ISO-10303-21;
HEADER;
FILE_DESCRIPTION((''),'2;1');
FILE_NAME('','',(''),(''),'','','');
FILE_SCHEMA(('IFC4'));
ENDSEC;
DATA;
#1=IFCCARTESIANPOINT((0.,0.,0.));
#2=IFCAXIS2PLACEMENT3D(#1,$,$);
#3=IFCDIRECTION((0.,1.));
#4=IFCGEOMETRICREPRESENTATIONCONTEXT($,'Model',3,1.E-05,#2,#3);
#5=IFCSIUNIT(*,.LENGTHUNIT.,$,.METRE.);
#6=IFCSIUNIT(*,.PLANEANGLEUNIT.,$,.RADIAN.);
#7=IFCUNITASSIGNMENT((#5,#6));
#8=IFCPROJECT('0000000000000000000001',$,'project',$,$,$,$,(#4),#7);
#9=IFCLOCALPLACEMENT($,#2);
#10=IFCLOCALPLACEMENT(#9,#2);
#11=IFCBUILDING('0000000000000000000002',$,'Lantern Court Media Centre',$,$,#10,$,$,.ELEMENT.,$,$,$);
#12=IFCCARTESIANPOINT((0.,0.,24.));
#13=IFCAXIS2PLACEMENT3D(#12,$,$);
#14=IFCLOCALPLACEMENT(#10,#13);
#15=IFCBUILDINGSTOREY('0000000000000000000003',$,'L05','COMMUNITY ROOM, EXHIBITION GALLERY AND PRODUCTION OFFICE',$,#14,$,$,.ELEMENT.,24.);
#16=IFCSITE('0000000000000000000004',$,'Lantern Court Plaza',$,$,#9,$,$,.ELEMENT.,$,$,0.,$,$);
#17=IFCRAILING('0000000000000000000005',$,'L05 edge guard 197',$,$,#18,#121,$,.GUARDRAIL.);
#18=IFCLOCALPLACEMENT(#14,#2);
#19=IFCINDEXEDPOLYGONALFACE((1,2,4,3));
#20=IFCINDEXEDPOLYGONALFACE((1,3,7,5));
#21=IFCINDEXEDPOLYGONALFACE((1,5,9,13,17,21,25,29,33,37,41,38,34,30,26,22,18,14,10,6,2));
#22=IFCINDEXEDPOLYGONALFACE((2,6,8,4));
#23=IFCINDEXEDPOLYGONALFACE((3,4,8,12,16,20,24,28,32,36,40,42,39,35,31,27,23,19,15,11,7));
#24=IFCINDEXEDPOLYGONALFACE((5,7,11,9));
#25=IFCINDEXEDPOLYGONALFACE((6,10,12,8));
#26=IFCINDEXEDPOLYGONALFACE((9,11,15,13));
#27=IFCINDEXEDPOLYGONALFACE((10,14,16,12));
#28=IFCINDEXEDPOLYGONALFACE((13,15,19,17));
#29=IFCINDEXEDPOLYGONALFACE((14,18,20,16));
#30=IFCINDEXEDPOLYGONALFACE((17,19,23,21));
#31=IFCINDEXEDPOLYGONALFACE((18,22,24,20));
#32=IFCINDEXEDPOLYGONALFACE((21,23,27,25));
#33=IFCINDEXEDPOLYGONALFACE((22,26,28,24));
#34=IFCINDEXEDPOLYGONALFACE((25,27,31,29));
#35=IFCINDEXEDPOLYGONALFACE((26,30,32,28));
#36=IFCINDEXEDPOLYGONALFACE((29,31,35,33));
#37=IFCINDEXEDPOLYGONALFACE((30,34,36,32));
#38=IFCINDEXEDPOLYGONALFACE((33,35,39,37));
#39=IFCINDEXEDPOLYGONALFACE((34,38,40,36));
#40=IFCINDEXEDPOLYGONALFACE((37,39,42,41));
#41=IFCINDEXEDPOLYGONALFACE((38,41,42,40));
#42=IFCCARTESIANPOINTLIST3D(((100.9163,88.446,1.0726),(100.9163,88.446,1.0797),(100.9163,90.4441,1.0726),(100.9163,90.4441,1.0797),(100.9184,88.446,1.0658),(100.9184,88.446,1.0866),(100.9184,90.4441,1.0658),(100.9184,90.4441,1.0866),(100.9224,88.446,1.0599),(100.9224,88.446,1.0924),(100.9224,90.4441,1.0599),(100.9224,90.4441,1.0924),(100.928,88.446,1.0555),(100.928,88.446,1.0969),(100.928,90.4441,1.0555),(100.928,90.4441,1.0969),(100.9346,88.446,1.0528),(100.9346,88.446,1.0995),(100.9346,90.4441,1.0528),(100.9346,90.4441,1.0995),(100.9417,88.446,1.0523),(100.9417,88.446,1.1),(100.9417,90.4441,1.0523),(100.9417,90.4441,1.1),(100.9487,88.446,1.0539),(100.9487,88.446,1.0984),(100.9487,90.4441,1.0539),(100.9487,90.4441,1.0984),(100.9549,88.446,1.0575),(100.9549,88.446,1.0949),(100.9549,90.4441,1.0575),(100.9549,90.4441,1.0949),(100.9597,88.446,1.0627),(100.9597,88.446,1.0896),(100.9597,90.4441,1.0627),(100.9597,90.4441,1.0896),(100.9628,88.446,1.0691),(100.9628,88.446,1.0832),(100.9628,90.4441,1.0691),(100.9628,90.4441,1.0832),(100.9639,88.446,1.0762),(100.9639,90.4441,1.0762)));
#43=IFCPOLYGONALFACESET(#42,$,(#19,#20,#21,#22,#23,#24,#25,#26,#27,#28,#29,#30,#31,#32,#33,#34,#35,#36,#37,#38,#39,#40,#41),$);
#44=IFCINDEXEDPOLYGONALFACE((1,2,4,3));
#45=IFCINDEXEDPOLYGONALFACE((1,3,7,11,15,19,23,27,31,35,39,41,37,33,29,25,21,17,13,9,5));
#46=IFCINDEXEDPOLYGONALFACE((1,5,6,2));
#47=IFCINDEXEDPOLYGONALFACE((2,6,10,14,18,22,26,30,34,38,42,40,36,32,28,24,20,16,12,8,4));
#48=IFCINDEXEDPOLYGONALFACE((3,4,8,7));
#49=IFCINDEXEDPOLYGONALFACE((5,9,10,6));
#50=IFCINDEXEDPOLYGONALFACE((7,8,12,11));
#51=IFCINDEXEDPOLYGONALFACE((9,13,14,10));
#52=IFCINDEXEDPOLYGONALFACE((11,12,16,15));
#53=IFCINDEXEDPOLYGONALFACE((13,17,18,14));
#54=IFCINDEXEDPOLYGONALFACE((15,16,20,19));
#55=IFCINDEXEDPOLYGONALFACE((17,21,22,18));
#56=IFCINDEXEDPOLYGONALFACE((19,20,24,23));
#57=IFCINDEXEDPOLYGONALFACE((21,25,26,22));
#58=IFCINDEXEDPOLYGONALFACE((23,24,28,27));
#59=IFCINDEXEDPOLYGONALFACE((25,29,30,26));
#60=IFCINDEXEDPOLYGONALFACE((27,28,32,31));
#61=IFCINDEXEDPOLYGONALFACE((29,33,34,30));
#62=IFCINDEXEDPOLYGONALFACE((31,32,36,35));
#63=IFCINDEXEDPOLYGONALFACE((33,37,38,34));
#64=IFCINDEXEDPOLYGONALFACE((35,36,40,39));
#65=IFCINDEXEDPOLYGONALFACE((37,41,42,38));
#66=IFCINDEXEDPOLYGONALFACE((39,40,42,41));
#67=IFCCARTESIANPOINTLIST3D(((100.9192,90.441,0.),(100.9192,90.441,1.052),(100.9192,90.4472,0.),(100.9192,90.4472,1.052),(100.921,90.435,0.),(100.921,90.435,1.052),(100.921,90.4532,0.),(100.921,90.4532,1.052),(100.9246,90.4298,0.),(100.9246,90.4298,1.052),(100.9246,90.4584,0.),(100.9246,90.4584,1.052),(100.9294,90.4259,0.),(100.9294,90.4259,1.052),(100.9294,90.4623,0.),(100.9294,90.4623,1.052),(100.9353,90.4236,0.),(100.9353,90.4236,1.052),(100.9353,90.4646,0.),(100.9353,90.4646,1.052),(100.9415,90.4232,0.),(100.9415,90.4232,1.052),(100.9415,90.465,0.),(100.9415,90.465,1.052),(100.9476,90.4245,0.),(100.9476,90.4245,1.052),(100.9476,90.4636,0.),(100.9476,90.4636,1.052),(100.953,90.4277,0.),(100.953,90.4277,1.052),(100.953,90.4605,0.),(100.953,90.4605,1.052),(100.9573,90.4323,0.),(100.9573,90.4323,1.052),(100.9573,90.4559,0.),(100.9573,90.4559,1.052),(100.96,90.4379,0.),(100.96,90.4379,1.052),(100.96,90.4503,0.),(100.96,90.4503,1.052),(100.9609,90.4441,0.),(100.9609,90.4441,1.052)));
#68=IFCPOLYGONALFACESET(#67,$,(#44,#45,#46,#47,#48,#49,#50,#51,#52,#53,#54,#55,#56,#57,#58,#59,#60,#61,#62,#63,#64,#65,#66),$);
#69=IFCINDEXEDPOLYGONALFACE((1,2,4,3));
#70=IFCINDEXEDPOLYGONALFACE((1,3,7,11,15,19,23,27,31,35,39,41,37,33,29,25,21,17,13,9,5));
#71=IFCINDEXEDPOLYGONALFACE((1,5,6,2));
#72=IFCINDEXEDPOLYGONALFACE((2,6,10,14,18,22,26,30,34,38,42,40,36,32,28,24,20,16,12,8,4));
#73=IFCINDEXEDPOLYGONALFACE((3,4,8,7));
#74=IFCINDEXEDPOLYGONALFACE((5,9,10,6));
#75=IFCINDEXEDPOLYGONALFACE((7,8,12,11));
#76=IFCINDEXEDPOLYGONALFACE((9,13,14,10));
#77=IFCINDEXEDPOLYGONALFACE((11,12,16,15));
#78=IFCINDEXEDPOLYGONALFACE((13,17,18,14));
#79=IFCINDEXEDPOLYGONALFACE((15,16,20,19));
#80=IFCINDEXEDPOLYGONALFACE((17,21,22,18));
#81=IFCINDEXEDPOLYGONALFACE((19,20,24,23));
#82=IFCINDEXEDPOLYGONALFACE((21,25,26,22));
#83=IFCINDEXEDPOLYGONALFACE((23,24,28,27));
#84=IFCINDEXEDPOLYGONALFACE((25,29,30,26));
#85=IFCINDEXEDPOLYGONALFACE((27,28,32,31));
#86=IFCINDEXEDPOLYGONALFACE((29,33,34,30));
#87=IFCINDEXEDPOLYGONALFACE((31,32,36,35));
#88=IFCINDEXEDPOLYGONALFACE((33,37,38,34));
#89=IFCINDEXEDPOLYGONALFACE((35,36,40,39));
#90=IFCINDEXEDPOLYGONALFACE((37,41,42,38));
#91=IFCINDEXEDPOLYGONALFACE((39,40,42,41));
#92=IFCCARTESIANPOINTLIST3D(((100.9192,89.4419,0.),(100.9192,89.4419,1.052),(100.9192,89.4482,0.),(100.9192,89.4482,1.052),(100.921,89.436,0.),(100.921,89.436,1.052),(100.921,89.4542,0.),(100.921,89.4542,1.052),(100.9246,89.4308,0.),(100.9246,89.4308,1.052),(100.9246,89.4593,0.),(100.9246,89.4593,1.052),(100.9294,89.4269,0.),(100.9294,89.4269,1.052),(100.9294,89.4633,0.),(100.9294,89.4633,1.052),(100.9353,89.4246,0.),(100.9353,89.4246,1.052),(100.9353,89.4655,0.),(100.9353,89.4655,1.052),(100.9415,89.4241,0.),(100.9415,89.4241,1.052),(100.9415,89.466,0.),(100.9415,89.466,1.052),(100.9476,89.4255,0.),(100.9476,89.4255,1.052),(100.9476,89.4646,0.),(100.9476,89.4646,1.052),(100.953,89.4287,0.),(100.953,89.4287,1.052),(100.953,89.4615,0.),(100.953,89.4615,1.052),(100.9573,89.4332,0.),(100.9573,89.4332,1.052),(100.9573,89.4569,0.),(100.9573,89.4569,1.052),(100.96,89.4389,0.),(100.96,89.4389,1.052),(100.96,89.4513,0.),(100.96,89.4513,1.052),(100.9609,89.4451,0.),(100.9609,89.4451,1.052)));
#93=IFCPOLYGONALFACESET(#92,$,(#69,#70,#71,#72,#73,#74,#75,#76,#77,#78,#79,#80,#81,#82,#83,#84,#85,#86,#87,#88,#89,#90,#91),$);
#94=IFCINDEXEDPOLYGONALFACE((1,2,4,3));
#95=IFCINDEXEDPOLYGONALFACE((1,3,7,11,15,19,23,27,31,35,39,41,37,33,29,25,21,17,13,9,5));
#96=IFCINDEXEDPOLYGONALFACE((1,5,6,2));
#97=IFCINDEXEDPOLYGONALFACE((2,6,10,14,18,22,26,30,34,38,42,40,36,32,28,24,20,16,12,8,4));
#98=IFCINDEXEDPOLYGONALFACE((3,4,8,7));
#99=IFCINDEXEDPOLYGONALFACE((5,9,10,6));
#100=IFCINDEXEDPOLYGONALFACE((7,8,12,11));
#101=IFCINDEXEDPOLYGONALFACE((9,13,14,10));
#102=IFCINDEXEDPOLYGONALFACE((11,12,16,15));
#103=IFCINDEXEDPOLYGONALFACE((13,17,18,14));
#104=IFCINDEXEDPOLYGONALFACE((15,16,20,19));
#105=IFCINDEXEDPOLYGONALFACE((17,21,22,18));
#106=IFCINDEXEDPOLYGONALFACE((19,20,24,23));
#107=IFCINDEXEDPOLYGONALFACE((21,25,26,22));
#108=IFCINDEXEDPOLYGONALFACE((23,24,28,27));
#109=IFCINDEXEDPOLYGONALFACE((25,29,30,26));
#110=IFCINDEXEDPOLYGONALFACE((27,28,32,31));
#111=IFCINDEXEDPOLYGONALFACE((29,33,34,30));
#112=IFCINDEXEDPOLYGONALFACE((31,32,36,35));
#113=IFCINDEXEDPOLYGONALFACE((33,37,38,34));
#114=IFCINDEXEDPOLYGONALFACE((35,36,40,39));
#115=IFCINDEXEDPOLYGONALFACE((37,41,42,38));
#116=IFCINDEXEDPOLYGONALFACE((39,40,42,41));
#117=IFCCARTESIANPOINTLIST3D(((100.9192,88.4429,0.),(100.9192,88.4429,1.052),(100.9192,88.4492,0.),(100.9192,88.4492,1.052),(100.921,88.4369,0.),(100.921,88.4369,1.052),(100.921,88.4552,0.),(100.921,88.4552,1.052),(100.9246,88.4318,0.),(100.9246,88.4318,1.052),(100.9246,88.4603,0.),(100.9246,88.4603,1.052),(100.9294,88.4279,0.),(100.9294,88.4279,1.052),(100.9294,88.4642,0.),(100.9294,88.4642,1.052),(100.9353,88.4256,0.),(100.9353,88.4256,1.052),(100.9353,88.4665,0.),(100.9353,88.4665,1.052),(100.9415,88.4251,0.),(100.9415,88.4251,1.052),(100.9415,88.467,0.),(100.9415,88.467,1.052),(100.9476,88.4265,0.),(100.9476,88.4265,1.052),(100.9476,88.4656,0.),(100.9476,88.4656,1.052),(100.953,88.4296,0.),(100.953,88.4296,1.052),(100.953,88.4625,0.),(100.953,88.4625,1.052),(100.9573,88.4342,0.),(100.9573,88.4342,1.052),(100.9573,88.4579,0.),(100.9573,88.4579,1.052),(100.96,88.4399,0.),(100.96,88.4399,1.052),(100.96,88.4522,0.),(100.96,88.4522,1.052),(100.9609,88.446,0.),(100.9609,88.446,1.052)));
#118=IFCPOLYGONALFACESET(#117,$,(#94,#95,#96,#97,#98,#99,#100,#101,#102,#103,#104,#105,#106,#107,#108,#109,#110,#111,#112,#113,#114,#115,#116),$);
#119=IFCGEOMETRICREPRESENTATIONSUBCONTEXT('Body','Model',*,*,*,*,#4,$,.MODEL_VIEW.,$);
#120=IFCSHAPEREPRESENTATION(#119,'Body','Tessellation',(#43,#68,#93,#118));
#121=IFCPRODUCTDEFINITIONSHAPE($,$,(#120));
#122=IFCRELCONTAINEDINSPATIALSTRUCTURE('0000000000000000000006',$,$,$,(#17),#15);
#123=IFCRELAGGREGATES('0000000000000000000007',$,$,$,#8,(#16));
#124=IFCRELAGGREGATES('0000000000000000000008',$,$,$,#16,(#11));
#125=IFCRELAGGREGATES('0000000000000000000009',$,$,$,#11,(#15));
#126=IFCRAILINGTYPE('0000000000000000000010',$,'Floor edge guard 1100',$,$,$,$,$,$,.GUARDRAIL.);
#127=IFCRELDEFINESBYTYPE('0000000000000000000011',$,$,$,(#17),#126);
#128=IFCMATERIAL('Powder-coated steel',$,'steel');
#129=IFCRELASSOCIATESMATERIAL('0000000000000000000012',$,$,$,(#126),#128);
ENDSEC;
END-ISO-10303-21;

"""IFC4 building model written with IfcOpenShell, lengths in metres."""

from ifc_helpers import new_model, si_unit, direction, frame, origin, origin_2d, place, context, subcontext, project, spatial, circle, extrude, material, type_object, element, save


model = new_model("IFC4")

# Units and contexts
model_context = context("Model", 3, precision=1e-05, world=origin(), true_north=direction((0.0, 1.0)))
body_context = subcontext(model_context, "Body", "Model", "MODEL_VIEW")
ifc_project = project(units=[si_unit("LENGTHUNIT", "METRE"), si_unit("PLANEANGLEUNIT", "RADIAN")], contexts=[model_context])

# Site, building, storey
site_placement = place(None, origin())
site = spatial("IfcSite", under=ifc_project, at=site_placement, Name="Lantern Court Plaza", CompositionType="ELEMENT", RefElevation=0.0)
building_placement = place(site_placement, origin())
building = spatial("IfcBuilding", under=site, at=building_placement, Name="Lantern Court Media Centre", CompositionType="ELEMENT")
storey_placement = place(building_placement, frame((0.0, 0.0, 24.0)))
storey = spatial("IfcBuildingStorey", under=building, at=storey_placement, Name="L05", Description="COMMUNITY ROOM, EXHIBITION GALLERY AND PRODUCTION OFFICE", CompositionType="ELEMENT", Elevation=24.0)

# Railing
ifc_material_1 = material(Name="Powder-coated steel", Category="steel")
railing_type = type_object("IfcRailingType", Name="Floor edge guard 1100", PredefinedType="GUARDRAIL", material=ifc_material_1)
railing_1_placement = place(storey_placement, frame((100.9399, 90.4441, 0.0)))
element("IfcRailing", 1, at=railing_1_placement, inside=storey, type_object=railing_type, Name="L05 edge guard 197", PredefinedType="GUARDRAIL", context=body_context, shape_type="SweptSolid", body=[
    extrude(circle(Radius=0.0239, at=origin_2d()), frame((0.0, 0.0, 1.0762), z_axis=(0.0, -1.0, 0.0), x_axis=(1.0, 0.0, 0.0)), (0.0, 0.0, 1.0), 1.998),
    extrude(circle(Radius=0.021, at=origin_2d()), origin(), (0.0, 0.0, 1.0), 1.052),
    extrude(circle(Radius=0.021, at=origin_2d()), frame((0.0, -0.999, 0.0)), (0.0, 0.0, 1.0), 1.052),
    extrude(circle(Radius=0.021, at=origin_2d()), frame((0.0, -1.998, 0.0)), (0.0, 0.0, 1.0), 1.052),
])

save(model, "model.ifc")
